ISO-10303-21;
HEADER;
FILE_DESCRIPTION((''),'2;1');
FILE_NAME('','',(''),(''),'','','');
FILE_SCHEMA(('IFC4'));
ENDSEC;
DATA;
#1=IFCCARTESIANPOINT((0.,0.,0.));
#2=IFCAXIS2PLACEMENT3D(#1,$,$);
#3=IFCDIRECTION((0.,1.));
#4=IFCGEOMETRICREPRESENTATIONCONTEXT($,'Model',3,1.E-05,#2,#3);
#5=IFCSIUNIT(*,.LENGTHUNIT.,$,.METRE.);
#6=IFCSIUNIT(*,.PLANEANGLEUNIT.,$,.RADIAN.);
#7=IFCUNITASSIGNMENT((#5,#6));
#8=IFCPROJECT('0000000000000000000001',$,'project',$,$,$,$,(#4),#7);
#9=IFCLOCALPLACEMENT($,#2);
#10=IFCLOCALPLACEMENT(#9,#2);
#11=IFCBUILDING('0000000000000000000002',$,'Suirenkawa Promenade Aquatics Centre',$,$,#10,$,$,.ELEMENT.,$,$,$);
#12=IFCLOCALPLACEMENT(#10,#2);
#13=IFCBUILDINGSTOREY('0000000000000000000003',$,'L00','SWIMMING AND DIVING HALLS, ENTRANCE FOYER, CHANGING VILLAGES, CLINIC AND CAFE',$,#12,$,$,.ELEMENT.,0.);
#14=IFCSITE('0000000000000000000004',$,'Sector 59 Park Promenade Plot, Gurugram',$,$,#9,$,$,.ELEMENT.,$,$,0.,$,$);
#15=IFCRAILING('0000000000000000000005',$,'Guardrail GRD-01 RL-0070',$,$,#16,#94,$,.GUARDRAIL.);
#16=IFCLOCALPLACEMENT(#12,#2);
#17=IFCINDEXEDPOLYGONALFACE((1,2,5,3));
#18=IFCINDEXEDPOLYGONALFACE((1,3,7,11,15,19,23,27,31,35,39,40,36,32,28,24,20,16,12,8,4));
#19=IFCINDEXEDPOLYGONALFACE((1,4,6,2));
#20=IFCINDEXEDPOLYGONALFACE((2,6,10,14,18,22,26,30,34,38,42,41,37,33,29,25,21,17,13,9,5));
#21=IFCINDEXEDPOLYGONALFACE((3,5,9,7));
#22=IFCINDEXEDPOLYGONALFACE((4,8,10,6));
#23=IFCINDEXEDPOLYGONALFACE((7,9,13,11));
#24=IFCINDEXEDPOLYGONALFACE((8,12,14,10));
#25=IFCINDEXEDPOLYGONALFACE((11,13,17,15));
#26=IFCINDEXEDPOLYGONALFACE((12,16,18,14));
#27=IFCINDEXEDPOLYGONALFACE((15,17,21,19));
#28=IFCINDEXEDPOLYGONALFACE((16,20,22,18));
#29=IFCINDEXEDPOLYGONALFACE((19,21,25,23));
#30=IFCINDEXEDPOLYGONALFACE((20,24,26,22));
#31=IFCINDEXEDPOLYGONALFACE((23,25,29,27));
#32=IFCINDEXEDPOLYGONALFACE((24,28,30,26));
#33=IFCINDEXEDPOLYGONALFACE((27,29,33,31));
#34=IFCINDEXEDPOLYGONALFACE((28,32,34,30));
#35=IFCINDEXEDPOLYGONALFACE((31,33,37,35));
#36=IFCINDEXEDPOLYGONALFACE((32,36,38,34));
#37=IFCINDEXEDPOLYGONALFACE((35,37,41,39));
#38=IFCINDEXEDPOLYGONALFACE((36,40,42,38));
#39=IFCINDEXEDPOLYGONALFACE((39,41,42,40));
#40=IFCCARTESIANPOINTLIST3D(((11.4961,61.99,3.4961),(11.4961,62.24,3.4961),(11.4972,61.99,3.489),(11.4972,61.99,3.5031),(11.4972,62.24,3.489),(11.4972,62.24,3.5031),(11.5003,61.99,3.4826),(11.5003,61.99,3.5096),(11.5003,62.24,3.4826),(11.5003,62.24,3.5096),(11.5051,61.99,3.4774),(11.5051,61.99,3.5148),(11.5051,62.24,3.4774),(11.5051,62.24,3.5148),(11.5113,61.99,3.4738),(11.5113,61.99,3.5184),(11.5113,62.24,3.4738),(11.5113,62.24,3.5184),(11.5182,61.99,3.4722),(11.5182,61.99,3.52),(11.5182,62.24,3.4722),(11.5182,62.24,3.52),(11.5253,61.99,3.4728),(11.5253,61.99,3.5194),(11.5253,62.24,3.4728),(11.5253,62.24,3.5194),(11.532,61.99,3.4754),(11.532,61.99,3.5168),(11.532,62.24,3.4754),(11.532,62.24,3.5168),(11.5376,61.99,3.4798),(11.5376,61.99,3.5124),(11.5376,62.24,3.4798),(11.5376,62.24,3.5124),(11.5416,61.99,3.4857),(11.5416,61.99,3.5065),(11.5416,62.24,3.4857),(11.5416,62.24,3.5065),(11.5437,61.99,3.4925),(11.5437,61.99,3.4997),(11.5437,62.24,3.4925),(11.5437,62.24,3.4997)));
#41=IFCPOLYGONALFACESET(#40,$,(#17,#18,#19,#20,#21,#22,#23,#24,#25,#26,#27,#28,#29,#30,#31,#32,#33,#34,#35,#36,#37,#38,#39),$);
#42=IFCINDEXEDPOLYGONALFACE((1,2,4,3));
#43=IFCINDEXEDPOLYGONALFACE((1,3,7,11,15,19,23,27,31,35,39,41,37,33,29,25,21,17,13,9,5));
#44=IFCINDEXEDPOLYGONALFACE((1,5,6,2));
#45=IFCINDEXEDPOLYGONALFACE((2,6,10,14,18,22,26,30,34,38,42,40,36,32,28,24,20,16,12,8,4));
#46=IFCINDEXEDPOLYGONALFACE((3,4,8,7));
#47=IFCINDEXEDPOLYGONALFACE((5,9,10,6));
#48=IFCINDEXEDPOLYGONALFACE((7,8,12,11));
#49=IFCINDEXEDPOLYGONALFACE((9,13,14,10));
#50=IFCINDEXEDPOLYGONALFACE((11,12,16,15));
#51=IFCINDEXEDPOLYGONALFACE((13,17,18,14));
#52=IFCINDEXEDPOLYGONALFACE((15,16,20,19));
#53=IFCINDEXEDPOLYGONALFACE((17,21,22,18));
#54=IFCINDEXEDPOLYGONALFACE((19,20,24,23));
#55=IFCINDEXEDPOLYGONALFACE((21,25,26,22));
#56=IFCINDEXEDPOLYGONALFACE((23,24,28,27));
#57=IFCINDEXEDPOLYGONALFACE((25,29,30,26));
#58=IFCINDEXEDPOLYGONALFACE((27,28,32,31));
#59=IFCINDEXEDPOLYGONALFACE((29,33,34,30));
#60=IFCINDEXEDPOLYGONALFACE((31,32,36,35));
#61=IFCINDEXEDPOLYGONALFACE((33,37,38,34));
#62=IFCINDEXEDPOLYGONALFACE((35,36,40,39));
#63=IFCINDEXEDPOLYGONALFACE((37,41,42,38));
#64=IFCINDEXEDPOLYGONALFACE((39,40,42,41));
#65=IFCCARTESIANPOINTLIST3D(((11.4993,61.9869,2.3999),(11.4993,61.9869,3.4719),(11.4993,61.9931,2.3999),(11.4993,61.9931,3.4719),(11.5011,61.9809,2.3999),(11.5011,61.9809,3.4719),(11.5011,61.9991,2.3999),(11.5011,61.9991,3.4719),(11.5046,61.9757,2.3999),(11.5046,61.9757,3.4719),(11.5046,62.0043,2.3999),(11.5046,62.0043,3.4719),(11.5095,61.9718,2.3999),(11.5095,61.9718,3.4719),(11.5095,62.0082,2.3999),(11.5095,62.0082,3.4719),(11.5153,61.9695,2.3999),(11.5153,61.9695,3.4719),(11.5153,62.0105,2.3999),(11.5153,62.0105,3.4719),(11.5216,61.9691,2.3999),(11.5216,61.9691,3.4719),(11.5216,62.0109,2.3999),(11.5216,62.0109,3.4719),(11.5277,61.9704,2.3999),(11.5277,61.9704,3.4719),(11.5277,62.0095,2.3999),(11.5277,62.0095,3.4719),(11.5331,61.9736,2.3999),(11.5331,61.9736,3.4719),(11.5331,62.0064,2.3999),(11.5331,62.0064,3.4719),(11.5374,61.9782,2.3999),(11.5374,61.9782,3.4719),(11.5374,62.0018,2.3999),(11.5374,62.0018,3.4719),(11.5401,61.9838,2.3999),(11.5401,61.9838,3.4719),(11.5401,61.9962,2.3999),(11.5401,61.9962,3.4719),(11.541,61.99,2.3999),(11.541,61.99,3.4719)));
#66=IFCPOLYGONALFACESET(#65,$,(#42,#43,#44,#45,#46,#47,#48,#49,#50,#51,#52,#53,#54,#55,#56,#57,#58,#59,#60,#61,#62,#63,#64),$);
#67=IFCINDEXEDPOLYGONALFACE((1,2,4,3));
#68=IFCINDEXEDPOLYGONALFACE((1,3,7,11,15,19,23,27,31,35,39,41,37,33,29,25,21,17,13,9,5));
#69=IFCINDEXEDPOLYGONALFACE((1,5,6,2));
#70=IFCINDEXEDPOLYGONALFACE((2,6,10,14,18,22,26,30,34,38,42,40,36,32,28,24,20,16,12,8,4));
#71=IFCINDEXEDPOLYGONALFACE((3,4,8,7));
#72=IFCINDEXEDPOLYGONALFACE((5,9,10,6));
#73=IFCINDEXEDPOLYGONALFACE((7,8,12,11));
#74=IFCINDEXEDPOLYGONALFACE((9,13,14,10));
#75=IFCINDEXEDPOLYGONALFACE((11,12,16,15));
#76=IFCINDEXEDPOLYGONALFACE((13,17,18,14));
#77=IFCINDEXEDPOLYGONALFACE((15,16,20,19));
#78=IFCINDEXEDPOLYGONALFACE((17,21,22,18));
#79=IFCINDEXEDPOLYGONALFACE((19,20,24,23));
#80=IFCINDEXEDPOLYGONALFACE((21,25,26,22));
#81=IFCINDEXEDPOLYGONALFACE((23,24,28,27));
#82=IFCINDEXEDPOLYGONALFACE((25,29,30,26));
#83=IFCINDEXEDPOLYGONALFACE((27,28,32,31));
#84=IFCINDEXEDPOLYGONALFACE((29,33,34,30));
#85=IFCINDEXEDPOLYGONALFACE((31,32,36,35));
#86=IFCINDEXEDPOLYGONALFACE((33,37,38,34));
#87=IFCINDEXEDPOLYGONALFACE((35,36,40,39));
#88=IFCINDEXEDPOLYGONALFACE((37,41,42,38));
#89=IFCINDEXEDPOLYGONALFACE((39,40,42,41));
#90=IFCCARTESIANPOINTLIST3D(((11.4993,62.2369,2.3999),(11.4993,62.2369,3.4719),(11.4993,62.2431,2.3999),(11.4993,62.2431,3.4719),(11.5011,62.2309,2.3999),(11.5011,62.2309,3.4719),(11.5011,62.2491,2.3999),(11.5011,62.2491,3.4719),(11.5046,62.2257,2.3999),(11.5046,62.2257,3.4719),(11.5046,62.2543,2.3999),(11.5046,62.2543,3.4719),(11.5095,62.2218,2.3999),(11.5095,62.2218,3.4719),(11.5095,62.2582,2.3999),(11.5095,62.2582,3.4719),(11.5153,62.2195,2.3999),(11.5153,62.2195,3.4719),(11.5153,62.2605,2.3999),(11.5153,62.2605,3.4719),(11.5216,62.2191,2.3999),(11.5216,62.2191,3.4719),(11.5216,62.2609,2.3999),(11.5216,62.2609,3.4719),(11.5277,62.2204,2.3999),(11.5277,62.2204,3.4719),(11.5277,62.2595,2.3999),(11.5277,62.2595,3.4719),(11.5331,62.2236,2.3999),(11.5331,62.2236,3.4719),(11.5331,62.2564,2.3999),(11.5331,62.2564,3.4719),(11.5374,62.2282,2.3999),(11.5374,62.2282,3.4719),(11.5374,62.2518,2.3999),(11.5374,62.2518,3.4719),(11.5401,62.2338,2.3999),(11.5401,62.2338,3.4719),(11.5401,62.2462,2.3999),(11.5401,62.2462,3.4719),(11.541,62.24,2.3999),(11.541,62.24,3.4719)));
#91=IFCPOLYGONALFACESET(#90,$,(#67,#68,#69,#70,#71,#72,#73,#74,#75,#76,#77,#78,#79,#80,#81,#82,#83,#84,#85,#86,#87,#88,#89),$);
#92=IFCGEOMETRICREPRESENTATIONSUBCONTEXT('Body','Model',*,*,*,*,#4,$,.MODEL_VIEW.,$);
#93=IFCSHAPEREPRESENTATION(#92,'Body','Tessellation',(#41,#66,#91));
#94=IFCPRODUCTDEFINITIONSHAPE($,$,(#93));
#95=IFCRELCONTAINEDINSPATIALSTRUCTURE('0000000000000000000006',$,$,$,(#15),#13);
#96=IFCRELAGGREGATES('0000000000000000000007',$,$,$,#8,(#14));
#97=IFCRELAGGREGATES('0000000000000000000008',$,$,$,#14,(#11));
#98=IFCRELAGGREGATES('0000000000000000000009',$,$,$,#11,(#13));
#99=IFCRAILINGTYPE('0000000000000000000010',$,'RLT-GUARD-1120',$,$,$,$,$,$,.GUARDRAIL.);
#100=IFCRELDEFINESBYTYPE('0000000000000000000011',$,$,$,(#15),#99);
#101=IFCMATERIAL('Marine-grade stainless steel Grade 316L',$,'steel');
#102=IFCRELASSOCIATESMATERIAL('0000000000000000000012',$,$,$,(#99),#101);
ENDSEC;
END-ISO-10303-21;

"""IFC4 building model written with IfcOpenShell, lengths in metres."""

from ifc_helpers import new_model, si_unit, direction, frame, origin, origin_2d, place, context, subcontext, project, spatial, circle, extrude, material, type_object, element, save


model = new_model("IFC4")

# Units and contexts
model_context = context("Model", 3, precision=1e-05, world=origin(), true_north=direction((0.0, 1.0)))
body_context = subcontext(model_context, "Body", "Model", "MODEL_VIEW")
ifc_project = project(units=[si_unit("LENGTHUNIT", "METRE"), si_unit("PLANEANGLEUNIT", "RADIAN")], contexts=[model_context])

# Site, building, storey
site_placement = place(None, origin())
site = spatial("IfcSite", under=ifc_project, at=site_placement, Name="Sector 59 Park Promenade Plot, Gurugram", CompositionType="ELEMENT", RefElevation=0.0)
building_placement = place(site_placement, origin())
building = spatial("IfcBuilding", under=site, at=building_placement, Name="Suirenkawa Promenade Aquatics Centre", CompositionType="ELEMENT")
storey_placement = place(building_placement, origin())
storey = spatial("IfcBuildingStorey", under=building, at=storey_placement, Name="L00", Description="SWIMMING AND DIVING HALLS, ENTRANCE FOYER, CHANGING VILLAGES, CLINIC AND CAFE", CompositionType="ELEMENT", Elevation=0.0)

# Railing
ifc_material_1 = material(Name="Marine-grade stainless steel Grade 316L", Category="steel")
railing_type_1 = type_object("IfcRailingType", Name="RLT-GUARD-1120", PredefinedType="GUARDRAIL", material=ifc_material_1)
railing_1_placement = place(storey_placement, frame((11.52, 61.99, 2.3999)))
element("IfcRailing", 1, at=railing_1_placement, inside=storey, type_object=railing_type_1, Name="Guardrail GRD-01 RL-0070", PredefinedType="GUARDRAIL", context=body_context, shape_type="SweptSolid", body=[
    extrude(circle(Radius=0.0239, at=origin_2d()), frame((0.0, 0.0, 1.0962), z_axis=(0.0, 1.0, 0.0), x_axis=(-1.0, 0.0, 0.0)), (0.0, 0.0, 1.0), 0.25),
    extrude(circle(Radius=0.021, at=origin_2d()), origin(), (0.0, 0.0, 1.0), 1.072),
    extrude(circle(Radius=0.021, at=origin_2d()), frame((0.0, 0.25, 0.0)), (0.0, 0.0, 1.0), 1.072),
])

save(model, "model.ifc")
